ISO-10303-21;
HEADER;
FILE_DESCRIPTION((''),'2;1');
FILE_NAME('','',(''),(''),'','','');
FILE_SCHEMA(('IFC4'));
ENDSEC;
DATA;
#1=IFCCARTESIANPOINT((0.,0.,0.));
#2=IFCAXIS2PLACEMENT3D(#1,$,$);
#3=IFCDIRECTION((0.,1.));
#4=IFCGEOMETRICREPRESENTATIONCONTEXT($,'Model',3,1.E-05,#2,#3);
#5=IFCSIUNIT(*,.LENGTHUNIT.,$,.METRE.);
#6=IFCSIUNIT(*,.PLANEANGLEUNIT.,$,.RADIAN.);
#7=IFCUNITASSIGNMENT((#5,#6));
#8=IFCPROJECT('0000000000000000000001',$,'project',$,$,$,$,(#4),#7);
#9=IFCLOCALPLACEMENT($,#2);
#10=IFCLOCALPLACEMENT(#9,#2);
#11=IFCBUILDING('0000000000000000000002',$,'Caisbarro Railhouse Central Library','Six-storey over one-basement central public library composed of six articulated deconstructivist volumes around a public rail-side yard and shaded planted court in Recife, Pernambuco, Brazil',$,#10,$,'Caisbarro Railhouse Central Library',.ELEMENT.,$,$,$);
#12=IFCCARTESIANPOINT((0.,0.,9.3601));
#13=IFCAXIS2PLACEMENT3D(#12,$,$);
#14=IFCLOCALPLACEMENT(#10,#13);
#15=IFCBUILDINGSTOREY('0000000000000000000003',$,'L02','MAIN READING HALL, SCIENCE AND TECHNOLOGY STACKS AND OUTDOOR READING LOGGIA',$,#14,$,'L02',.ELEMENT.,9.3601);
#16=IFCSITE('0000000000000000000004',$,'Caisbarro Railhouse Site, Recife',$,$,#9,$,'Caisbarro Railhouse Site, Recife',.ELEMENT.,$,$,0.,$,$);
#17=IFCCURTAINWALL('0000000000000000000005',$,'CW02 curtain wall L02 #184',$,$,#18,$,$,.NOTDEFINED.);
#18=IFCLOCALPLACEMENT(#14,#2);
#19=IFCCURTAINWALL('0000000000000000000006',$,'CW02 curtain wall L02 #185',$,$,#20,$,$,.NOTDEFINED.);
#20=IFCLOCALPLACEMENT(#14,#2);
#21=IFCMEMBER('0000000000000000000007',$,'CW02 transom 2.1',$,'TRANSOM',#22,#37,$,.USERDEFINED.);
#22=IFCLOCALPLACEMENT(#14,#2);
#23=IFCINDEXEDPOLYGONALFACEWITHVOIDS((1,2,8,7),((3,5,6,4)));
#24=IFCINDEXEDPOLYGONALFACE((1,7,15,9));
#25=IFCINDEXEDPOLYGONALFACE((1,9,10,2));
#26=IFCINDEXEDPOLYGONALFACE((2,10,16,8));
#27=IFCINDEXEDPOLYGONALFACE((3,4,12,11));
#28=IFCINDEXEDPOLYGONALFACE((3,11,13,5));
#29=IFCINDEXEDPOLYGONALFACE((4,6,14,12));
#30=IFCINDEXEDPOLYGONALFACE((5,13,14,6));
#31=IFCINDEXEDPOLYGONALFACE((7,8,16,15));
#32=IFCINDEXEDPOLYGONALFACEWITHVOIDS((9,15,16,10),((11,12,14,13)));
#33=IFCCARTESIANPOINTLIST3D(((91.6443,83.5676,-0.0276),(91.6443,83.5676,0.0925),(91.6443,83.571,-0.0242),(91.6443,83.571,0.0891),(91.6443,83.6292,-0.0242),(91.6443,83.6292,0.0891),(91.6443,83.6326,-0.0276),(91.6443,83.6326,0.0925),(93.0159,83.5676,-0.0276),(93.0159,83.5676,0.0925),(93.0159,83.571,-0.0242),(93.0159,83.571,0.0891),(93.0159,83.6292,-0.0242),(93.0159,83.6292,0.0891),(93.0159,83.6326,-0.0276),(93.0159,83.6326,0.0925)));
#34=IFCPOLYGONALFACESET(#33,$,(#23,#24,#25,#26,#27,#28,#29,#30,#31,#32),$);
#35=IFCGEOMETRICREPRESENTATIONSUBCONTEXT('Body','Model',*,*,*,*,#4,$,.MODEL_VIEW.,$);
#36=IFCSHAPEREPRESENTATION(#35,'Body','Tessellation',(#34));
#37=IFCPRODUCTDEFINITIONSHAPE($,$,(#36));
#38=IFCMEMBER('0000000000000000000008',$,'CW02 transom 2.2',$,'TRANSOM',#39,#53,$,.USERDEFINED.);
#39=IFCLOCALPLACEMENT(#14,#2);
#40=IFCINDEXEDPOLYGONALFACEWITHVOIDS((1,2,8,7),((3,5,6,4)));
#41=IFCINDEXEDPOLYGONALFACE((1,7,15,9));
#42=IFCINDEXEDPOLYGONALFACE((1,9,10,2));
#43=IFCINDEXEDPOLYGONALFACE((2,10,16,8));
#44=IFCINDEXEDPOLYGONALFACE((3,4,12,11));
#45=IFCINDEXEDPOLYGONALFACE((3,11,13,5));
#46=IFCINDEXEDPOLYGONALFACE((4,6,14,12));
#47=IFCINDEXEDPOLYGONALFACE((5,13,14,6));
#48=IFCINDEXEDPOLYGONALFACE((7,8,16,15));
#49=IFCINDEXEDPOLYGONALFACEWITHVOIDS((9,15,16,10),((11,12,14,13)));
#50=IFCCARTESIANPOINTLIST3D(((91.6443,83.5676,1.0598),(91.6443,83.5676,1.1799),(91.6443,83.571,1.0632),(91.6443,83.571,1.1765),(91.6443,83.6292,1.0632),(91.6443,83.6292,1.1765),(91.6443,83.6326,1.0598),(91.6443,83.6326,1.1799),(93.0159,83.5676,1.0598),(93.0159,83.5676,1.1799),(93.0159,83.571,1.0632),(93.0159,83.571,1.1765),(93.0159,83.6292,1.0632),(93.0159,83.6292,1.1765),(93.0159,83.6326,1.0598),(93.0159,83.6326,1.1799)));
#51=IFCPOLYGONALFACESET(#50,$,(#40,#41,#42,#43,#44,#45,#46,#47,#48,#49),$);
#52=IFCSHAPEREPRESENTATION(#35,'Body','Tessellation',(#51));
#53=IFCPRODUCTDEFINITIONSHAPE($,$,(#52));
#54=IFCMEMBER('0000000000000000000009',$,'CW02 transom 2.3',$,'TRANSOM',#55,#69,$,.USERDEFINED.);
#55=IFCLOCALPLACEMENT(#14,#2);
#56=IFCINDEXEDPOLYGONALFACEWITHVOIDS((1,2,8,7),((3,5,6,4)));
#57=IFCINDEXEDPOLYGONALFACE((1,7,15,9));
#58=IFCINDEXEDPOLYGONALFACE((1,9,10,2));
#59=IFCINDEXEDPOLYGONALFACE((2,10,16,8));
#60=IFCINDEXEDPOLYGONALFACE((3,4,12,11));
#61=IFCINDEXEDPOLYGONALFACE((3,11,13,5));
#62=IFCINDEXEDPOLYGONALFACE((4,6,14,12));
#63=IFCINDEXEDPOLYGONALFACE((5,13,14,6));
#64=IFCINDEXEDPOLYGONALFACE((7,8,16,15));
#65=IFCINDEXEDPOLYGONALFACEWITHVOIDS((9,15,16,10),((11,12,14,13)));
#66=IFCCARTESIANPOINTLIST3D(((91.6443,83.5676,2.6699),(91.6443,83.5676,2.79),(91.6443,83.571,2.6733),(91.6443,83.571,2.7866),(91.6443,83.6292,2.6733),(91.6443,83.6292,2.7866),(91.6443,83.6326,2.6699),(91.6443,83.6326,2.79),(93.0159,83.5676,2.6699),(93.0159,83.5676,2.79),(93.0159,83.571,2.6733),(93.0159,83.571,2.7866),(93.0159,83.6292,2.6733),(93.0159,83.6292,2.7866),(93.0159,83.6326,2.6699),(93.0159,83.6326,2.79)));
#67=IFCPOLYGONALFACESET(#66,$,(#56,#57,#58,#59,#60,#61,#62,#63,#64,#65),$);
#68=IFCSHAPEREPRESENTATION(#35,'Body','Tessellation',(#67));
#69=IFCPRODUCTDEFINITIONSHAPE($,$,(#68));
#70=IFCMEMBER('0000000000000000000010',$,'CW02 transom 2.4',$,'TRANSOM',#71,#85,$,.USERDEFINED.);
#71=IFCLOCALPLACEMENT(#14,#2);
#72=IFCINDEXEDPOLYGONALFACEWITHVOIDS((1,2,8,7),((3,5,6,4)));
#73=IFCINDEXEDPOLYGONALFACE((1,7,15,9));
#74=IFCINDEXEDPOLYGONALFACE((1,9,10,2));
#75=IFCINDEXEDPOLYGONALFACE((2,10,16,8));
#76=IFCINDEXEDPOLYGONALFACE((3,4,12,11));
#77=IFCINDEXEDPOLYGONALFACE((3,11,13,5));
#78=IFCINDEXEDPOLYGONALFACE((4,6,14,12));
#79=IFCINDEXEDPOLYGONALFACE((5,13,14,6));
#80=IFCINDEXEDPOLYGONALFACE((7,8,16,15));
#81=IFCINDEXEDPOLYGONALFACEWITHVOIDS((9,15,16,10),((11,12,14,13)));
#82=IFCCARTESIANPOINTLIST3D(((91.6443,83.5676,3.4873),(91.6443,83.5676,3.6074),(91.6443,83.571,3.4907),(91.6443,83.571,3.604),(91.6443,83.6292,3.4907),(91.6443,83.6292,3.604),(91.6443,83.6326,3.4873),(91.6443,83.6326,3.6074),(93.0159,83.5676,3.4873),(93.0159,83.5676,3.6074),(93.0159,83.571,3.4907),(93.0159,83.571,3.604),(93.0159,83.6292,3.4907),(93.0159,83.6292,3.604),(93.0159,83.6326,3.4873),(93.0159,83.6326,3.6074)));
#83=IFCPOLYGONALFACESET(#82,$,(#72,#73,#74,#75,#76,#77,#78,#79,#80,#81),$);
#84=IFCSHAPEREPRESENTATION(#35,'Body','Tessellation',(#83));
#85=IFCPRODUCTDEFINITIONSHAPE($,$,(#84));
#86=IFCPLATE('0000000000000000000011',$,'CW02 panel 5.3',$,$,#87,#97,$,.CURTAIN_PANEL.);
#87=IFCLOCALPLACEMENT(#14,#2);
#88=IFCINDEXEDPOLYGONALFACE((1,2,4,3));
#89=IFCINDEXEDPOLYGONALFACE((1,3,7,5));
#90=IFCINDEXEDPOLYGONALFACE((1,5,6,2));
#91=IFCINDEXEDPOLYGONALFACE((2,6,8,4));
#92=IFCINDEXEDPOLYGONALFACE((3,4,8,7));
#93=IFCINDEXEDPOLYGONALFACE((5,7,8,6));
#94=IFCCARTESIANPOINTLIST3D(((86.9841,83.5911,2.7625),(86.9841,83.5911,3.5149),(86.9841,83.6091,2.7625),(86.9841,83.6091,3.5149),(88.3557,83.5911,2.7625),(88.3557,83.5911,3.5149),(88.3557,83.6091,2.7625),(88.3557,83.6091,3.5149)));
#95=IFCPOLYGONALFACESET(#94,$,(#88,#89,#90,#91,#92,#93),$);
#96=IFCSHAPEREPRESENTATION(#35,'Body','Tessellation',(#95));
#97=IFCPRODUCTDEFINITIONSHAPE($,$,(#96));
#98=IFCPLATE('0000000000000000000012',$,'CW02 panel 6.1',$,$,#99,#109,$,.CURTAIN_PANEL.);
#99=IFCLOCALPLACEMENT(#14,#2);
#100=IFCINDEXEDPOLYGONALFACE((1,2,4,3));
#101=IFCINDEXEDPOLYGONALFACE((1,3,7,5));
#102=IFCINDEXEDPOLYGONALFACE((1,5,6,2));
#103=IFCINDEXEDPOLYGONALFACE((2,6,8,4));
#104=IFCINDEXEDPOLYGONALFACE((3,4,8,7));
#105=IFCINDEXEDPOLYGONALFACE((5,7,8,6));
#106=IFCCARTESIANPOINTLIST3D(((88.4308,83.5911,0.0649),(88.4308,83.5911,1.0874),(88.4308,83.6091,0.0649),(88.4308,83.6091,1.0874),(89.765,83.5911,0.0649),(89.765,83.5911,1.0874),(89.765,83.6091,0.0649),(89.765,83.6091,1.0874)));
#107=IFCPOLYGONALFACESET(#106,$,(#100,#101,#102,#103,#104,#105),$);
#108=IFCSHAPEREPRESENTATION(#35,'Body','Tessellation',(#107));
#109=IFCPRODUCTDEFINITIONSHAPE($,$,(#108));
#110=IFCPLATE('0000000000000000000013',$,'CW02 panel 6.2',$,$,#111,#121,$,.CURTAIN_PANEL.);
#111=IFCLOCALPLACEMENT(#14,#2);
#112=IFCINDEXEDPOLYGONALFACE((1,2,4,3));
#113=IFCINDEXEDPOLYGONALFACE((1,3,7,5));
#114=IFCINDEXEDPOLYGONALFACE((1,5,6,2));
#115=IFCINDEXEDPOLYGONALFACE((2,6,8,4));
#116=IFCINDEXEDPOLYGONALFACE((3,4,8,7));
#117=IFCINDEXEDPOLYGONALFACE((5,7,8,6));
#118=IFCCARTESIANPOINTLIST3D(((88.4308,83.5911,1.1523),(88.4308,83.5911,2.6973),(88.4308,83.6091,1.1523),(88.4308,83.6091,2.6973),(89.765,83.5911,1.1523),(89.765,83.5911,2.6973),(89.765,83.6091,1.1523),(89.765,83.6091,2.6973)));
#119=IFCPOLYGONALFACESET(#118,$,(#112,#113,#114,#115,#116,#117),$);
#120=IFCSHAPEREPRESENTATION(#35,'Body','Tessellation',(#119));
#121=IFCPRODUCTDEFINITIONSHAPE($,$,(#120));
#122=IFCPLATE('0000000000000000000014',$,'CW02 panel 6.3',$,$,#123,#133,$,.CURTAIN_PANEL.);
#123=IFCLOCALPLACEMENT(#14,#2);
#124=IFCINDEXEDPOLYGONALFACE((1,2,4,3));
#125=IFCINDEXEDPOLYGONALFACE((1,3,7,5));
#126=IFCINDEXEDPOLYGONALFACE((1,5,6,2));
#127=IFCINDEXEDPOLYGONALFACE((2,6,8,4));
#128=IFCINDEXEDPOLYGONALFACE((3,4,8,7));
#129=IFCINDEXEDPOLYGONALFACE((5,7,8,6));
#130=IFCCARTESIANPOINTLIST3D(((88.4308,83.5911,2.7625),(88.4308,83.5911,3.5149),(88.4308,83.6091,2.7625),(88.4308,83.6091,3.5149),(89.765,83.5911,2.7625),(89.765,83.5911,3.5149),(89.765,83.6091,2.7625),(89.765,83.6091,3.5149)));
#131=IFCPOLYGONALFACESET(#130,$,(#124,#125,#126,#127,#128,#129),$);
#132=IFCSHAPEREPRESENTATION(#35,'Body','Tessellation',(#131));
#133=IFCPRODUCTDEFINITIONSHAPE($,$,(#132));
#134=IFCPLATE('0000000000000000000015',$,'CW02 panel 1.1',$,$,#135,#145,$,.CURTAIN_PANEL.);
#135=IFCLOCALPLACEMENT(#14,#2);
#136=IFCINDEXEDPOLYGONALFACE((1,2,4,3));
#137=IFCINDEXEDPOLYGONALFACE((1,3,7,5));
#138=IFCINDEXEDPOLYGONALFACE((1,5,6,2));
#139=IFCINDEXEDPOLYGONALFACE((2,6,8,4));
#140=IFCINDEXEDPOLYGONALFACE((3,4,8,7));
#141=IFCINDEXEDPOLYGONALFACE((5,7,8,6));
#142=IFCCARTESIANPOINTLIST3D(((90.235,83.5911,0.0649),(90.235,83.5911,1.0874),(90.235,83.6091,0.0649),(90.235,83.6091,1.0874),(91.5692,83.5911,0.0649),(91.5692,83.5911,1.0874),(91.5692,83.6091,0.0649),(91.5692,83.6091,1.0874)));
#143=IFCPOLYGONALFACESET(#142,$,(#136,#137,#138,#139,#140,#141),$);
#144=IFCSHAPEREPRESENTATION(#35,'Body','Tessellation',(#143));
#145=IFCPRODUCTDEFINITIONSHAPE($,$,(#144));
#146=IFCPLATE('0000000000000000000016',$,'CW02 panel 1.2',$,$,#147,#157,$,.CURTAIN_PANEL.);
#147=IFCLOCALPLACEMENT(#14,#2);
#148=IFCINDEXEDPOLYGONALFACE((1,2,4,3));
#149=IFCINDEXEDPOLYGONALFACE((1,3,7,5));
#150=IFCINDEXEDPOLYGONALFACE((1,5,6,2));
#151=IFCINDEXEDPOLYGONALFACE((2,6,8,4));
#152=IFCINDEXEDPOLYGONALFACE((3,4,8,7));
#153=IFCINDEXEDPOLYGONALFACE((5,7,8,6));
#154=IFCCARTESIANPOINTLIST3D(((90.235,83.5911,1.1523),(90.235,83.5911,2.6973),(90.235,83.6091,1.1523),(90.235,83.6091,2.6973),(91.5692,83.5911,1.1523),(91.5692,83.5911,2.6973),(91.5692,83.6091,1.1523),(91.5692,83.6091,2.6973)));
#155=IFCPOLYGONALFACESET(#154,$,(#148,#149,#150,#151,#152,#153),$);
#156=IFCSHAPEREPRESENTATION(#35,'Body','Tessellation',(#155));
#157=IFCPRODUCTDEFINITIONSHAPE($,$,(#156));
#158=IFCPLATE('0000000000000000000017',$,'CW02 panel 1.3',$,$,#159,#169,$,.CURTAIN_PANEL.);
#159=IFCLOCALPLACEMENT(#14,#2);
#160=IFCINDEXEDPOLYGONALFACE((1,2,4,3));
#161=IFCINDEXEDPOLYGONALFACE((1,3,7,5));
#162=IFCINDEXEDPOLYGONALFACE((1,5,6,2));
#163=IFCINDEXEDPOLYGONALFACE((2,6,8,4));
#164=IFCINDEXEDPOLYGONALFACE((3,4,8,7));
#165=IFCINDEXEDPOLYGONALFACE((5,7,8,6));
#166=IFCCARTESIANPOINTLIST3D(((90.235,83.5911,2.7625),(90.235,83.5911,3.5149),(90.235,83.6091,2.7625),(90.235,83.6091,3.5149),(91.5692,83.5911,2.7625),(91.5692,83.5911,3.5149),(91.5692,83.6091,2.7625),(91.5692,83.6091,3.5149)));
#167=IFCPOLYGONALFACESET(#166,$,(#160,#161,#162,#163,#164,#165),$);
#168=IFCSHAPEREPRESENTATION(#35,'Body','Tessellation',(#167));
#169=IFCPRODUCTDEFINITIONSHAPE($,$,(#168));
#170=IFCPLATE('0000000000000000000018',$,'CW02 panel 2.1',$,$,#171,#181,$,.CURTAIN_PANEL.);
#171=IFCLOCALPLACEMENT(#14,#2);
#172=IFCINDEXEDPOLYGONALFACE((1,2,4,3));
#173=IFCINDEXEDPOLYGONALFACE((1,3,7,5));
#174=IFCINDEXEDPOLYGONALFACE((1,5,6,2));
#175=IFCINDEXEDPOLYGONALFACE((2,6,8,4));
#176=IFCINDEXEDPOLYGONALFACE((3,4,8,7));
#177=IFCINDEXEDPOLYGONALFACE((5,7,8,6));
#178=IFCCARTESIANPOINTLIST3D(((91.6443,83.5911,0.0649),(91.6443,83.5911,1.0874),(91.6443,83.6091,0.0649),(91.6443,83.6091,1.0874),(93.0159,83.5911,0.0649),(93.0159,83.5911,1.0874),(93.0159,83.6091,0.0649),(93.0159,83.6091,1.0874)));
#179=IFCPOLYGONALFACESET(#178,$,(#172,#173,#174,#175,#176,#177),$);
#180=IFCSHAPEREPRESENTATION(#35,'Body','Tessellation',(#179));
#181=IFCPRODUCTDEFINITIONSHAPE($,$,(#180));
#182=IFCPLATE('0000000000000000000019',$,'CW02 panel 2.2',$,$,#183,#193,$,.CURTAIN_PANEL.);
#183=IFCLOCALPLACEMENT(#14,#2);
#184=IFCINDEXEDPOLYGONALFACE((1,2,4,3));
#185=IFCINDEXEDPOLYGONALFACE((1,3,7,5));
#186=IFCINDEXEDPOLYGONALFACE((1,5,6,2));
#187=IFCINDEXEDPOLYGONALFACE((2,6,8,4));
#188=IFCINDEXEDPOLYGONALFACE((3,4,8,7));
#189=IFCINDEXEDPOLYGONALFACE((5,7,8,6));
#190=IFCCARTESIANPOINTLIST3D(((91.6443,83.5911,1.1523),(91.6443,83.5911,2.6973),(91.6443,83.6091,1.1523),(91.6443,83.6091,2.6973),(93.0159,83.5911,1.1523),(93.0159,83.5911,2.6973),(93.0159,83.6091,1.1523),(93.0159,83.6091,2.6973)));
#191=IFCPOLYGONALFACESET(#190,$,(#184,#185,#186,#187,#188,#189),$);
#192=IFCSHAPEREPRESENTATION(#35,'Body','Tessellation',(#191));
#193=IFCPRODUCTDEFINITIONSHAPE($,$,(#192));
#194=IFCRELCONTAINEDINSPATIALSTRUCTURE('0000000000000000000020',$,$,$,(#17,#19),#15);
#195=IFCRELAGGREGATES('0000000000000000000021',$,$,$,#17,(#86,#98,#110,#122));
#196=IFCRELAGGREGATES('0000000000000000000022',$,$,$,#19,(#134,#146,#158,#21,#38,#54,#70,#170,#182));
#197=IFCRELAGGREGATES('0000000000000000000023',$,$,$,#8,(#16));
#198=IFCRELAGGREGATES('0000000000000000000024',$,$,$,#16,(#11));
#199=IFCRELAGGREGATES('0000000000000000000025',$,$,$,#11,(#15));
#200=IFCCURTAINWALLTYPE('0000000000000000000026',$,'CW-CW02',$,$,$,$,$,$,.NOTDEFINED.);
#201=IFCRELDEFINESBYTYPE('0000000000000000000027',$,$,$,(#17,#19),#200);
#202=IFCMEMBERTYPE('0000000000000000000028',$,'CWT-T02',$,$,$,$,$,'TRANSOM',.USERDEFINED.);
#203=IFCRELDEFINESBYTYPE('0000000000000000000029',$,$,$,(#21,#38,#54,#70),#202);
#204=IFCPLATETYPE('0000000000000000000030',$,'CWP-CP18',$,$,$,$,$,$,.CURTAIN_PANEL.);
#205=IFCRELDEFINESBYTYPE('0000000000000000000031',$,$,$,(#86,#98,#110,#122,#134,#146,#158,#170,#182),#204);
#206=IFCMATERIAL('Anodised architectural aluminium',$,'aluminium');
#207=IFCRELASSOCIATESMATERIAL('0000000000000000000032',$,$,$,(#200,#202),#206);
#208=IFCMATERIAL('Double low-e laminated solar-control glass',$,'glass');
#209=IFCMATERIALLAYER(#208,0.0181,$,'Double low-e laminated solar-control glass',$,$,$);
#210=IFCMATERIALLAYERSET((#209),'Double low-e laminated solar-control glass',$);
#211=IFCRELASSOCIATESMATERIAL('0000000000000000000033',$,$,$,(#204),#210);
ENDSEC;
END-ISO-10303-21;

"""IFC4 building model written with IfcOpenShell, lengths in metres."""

from ifc_helpers import new_model, si_unit, direction, frame, origin, origin_2d, place, context, subcontext, project, spatial, rectangle, hollow_rectangle, extrude, material, layer, layer_set, material_profile, profile_set, type_object, element, aggregate, save


model = new_model("IFC4")

# Units and contexts
model_context = context("Model", 3, precision=1e-05, world=origin(), true_north=direction((0.0, 1.0)))
body_context = subcontext(model_context, "Body", "Model", "MODEL_VIEW")
ifc_project = project(units=[si_unit("LENGTHUNIT", "METRE"), si_unit("PLANEANGLEUNIT", "RADIAN")], contexts=[model_context])

# Site, building, storey
site_placement = place(None, origin())
site = spatial("IfcSite", under=ifc_project, at=site_placement, Name="Caisbarro Railhouse Site, Recife", LongName="Caisbarro Railhouse Site, Recife", CompositionType="ELEMENT", RefElevation=0.0)
building_placement = place(site_placement, origin())
building = spatial("IfcBuilding", under=site, at=building_placement, Name="Caisbarro Railhouse Central Library", Description="Six-storey over one-basement central public library composed of six articulated deconstructivist volumes around a public rail-side yard and shaded planted court in Recife, Pernambuco, Brazil", LongName="Caisbarro Railhouse Central Library", CompositionType="ELEMENT")
storey_placement = place(building_placement, frame((0.0, 0.0, 9.3601)))
storey = spatial("IfcBuildingStorey", under=building, at=storey_placement, Name="L02", Description="MAIN READING HALL, SCIENCE AND TECHNOLOGY STACKS AND OUTDOOR READING LOGGIA", LongName="L02", CompositionType="ELEMENT", Elevation=9.3601)

# Curtain walls
ifc_material_1 = material(Name="Anodised architectural aluminium", Category="aluminium")
curtain_wall_type = type_object("IfcCurtainWallType", Name="CW-CW02", PredefinedType="NOTDEFINED", material=ifc_material_1)
curtain_wall_1_placement = place(storey_placement, origin())
curtain_wall_1 = element("IfcCurtainWall", 1, at=curtain_wall_1_placement, inside=storey, type_object=curtain_wall_type, Name="CW02 curtain wall L02 #184", PredefinedType="NOTDEFINED")
curtain_wall_2_placement = place(storey_placement, origin())
curtain_wall_2 = element("IfcCurtainWall", 2, at=curtain_wall_2_placement, inside=storey, type_object=curtain_wall_type, Name="CW02 curtain wall L02 #185", PredefinedType="NOTDEFINED")

# Members
ifc_material_profile_1 = material_profile(ifc_material_1, hollow_rectangle(XDim=0.0649, YDim=0.1201, WallThickness=0.0034, at=origin_2d()), Name="ALU-TRN-65X120")
ifc_profile_set_1 = profile_set([ifc_material_profile_1], Name="Anodised architectural aluminium")
member_type_1 = type_object("IfcMemberType", Name="CWT-T02", ElementType="TRANSOM", PredefinedType="USERDEFINED", material=ifc_profile_set_1)
member_1_placement = place(storey_placement, frame((91.6443, 83.6001, 0.0325), z_axis=(1.0, 0.0, 0.0), x_axis=(0.0, 1.0, 0.0)))
member_1 = element("IfcMember", 3, at=member_1_placement, type_object=member_type_1, Name="CW02 transom 2.1", ObjectType="TRANSOM", PredefinedType="USERDEFINED", context=body_context, shape_type="SweptSolid", body=[
    extrude(hollow_rectangle(XDim=0.0649, YDim=0.1201, WallThickness=0.0034, at=origin_2d()), origin(), (0.0, 0.0, 1.0), 1.3716),
])
member_2_placement = place(storey_placement, frame((91.6443, 83.6001, 1.1199), z_axis=(1.0, 0.0, 0.0), x_axis=(0.0, 1.0, 0.0)))
member_2 = element("IfcMember", 4, at=member_2_placement, type_object=member_type_1, Name="CW02 transom 2.2", ObjectType="TRANSOM", PredefinedType="USERDEFINED", context=body_context, shape_type="SweptSolid", body=[
    extrude(hollow_rectangle(XDim=0.0649, YDim=0.1201, WallThickness=0.0034, at=origin_2d()), origin(), (0.0, 0.0, 1.0), 1.3716),
])
member_3_placement = place(storey_placement, frame((91.6443, 83.6001, 2.73), z_axis=(1.0, 0.0, 0.0), x_axis=(0.0, 1.0, 0.0)))
member_3 = element("IfcMember", 5, at=member_3_placement, type_object=member_type_1, Name="CW02 transom 2.3", ObjectType="TRANSOM", PredefinedType="USERDEFINED", context=body_context, shape_type="SweptSolid", body=[
    extrude(hollow_rectangle(XDim=0.0649, YDim=0.1201, WallThickness=0.0034, at=origin_2d()), origin(), (0.0, 0.0, 1.0), 1.3716),
])
member_4_placement = place(storey_placement, frame((91.6443, 83.6001, 3.5474), z_axis=(1.0, 0.0, 0.0), x_axis=(0.0, 1.0, 0.0)))
member_4 = element("IfcMember", 6, at=member_4_placement, type_object=member_type_1, Name="CW02 transom 2.4", ObjectType="TRANSOM", PredefinedType="USERDEFINED", context=body_context, shape_type="SweptSolid", body=[
    extrude(hollow_rectangle(XDim=0.0649, YDim=0.1201, WallThickness=0.0034, at=origin_2d()), origin(), (0.0, 0.0, 1.0), 1.3716),
])

# Plates
ifc_material_2 = material(Name="Double low-e laminated solar-control glass", Category="glass")
ifc_layer = layer(ifc_material_2, 0.0181, Name="Double low-e laminated solar-control glass")
ifc_layer_set = layer_set([ifc_layer], Name="Double low-e laminated solar-control glass")
plate_type = type_object("IfcPlateType", Name="CWP-CP18", PredefinedType="CURTAIN_PANEL", material=ifc_layer_set)
plate_1_placement = place(storey_placement, frame((87.6699, 83.6001, 2.7625), z_axis=(0.0, 0.0, 1.0), x_axis=(1.0, 0.0, 0.0)))
plate_1 = element("IfcPlate", 7, at=plate_1_placement, type_object=plate_type, Name="CW02 panel 5.3", PredefinedType="CURTAIN_PANEL", context=body_context, shape_type="SweptSolid", body=[
    extrude(rectangle(XDim=1.3716, YDim=0.0181, at=origin_2d()), origin(), (0.0, 0.0, 1.0), 0.7524),
])
plate_2_placement = place(storey_placement, frame((89.0979, 83.6001, 0.0649), z_axis=(0.0, 0.0, 1.0), x_axis=(1.0, 0.0, 0.0)))
plate_2 = element("IfcPlate", 8, at=plate_2_placement, type_object=plate_type, Name="CW02 panel 6.1", PredefinedType="CURTAIN_PANEL", context=body_context, shape_type="SweptSolid", body=[
    extrude(rectangle(XDim=1.3342, YDim=0.0181, at=origin_2d()), origin(), (0.0, 0.0, 1.0), 1.0225),
])
plate_3_placement = place(storey_placement, frame((89.0979, 83.6001, 1.1523), z_axis=(0.0, 0.0, 1.0), x_axis=(1.0, 0.0, 0.0)))
plate_3 = element("IfcPlate", 9, at=plate_3_placement, type_object=plate_type, Name="CW02 panel 6.2", PredefinedType="CURTAIN_PANEL", context=body_context, shape_type="SweptSolid", body=[
    extrude(rectangle(XDim=1.3342, YDim=0.0181, at=origin_2d()), origin(), (0.0, 0.0, 1.0), 1.5449),
])
plate_4_placement = place(storey_placement, frame((89.0979, 83.6001, 2.7625), z_axis=(0.0, 0.0, 1.0), x_axis=(1.0, 0.0, 0.0)))
plate_4 = element("IfcPlate", 10, at=plate_4_placement, type_object=plate_type, Name="CW02 panel 6.3", PredefinedType="CURTAIN_PANEL", context=body_context, shape_type="SweptSolid", body=[
    extrude(rectangle(XDim=1.3342, YDim=0.0181, at=origin_2d()), origin(), (0.0, 0.0, 1.0), 0.7524),
])
aggregate(curtain_wall_1, [plate_1, plate_2, plate_3, plate_4])
plate_5_placement = place(storey_placement, frame((90.9021, 83.6001, 0.0649), z_axis=(0.0, 0.0, 1.0), x_axis=(1.0, 0.0, 0.0)))
plate_5 = element("IfcPlate", 11, at=plate_5_placement, type_object=plate_type, Name="CW02 panel 1.1", PredefinedType="CURTAIN_PANEL", context=body_context, shape_type="SweptSolid", body=[
    extrude(rectangle(XDim=1.3342, YDim=0.0181, at=origin_2d()), origin(), (0.0, 0.0, 1.0), 1.0225),
])
plate_6_placement = place(storey_placement, frame((90.9021, 83.6001, 1.1523), z_axis=(0.0, 0.0, 1.0), x_axis=(1.0, 0.0, 0.0)))
plate_6 = element("IfcPlate", 12, at=plate_6_placement, type_object=plate_type, Name="CW02 panel 1.2", PredefinedType="CURTAIN_PANEL", context=body_context, shape_type="SweptSolid", body=[
    extrude(rectangle(XDim=1.3342, YDim=0.0181, at=origin_2d()), origin(), (0.0, 0.0, 1.0), 1.5449),
])
plate_7_placement = place(storey_placement, frame((90.9021, 83.6001, 2.7625), z_axis=(0.0, 0.0, 1.0), x_axis=(1.0, 0.0, 0.0)))
plate_7 = element("IfcPlate", 13, at=plate_7_placement, type_object=plate_type, Name="CW02 panel 1.3", PredefinedType="CURTAIN_PANEL", context=body_context, shape_type="SweptSolid", body=[
    extrude(rectangle(XDim=1.3342, YDim=0.0181, at=origin_2d()), origin(), (0.0, 0.0, 1.0), 0.7524),
])
plate_8_placement = place(storey_placement, frame((92.3301, 83.6001, 0.0649), z_axis=(0.0, 0.0, 1.0), x_axis=(1.0, 0.0, 0.0)))
plate_8 = element("IfcPlate", 14, at=plate_8_placement, type_object=plate_type, Name="CW02 panel 2.1", PredefinedType="CURTAIN_PANEL", context=body_context, shape_type="SweptSolid", body=[
    extrude(rectangle(XDim=1.3716, YDim=0.0181, at=origin_2d()), origin(), (0.0, 0.0, 1.0), 1.0225),
])
plate_9_placement = place(storey_placement, frame((92.3301, 83.6001, 1.1523), z_axis=(0.0, 0.0, 1.0), x_axis=(1.0, 0.0, 0.0)))
plate_9 = element("IfcPlate", 15, at=plate_9_placement, type_object=plate_type, Name="CW02 panel 2.2", PredefinedType="CURTAIN_PANEL", context=body_context, shape_type="SweptSolid", body=[
    extrude(rectangle(XDim=1.3716, YDim=0.0181, at=origin_2d()), origin(), (0.0, 0.0, 1.0), 1.5449),
])
aggregate(curtain_wall_2, [plate_5, plate_6, plate_7, member_1, member_2, member_3, member_4, plate_8, plate_9])

save(model, "model.ifc")
